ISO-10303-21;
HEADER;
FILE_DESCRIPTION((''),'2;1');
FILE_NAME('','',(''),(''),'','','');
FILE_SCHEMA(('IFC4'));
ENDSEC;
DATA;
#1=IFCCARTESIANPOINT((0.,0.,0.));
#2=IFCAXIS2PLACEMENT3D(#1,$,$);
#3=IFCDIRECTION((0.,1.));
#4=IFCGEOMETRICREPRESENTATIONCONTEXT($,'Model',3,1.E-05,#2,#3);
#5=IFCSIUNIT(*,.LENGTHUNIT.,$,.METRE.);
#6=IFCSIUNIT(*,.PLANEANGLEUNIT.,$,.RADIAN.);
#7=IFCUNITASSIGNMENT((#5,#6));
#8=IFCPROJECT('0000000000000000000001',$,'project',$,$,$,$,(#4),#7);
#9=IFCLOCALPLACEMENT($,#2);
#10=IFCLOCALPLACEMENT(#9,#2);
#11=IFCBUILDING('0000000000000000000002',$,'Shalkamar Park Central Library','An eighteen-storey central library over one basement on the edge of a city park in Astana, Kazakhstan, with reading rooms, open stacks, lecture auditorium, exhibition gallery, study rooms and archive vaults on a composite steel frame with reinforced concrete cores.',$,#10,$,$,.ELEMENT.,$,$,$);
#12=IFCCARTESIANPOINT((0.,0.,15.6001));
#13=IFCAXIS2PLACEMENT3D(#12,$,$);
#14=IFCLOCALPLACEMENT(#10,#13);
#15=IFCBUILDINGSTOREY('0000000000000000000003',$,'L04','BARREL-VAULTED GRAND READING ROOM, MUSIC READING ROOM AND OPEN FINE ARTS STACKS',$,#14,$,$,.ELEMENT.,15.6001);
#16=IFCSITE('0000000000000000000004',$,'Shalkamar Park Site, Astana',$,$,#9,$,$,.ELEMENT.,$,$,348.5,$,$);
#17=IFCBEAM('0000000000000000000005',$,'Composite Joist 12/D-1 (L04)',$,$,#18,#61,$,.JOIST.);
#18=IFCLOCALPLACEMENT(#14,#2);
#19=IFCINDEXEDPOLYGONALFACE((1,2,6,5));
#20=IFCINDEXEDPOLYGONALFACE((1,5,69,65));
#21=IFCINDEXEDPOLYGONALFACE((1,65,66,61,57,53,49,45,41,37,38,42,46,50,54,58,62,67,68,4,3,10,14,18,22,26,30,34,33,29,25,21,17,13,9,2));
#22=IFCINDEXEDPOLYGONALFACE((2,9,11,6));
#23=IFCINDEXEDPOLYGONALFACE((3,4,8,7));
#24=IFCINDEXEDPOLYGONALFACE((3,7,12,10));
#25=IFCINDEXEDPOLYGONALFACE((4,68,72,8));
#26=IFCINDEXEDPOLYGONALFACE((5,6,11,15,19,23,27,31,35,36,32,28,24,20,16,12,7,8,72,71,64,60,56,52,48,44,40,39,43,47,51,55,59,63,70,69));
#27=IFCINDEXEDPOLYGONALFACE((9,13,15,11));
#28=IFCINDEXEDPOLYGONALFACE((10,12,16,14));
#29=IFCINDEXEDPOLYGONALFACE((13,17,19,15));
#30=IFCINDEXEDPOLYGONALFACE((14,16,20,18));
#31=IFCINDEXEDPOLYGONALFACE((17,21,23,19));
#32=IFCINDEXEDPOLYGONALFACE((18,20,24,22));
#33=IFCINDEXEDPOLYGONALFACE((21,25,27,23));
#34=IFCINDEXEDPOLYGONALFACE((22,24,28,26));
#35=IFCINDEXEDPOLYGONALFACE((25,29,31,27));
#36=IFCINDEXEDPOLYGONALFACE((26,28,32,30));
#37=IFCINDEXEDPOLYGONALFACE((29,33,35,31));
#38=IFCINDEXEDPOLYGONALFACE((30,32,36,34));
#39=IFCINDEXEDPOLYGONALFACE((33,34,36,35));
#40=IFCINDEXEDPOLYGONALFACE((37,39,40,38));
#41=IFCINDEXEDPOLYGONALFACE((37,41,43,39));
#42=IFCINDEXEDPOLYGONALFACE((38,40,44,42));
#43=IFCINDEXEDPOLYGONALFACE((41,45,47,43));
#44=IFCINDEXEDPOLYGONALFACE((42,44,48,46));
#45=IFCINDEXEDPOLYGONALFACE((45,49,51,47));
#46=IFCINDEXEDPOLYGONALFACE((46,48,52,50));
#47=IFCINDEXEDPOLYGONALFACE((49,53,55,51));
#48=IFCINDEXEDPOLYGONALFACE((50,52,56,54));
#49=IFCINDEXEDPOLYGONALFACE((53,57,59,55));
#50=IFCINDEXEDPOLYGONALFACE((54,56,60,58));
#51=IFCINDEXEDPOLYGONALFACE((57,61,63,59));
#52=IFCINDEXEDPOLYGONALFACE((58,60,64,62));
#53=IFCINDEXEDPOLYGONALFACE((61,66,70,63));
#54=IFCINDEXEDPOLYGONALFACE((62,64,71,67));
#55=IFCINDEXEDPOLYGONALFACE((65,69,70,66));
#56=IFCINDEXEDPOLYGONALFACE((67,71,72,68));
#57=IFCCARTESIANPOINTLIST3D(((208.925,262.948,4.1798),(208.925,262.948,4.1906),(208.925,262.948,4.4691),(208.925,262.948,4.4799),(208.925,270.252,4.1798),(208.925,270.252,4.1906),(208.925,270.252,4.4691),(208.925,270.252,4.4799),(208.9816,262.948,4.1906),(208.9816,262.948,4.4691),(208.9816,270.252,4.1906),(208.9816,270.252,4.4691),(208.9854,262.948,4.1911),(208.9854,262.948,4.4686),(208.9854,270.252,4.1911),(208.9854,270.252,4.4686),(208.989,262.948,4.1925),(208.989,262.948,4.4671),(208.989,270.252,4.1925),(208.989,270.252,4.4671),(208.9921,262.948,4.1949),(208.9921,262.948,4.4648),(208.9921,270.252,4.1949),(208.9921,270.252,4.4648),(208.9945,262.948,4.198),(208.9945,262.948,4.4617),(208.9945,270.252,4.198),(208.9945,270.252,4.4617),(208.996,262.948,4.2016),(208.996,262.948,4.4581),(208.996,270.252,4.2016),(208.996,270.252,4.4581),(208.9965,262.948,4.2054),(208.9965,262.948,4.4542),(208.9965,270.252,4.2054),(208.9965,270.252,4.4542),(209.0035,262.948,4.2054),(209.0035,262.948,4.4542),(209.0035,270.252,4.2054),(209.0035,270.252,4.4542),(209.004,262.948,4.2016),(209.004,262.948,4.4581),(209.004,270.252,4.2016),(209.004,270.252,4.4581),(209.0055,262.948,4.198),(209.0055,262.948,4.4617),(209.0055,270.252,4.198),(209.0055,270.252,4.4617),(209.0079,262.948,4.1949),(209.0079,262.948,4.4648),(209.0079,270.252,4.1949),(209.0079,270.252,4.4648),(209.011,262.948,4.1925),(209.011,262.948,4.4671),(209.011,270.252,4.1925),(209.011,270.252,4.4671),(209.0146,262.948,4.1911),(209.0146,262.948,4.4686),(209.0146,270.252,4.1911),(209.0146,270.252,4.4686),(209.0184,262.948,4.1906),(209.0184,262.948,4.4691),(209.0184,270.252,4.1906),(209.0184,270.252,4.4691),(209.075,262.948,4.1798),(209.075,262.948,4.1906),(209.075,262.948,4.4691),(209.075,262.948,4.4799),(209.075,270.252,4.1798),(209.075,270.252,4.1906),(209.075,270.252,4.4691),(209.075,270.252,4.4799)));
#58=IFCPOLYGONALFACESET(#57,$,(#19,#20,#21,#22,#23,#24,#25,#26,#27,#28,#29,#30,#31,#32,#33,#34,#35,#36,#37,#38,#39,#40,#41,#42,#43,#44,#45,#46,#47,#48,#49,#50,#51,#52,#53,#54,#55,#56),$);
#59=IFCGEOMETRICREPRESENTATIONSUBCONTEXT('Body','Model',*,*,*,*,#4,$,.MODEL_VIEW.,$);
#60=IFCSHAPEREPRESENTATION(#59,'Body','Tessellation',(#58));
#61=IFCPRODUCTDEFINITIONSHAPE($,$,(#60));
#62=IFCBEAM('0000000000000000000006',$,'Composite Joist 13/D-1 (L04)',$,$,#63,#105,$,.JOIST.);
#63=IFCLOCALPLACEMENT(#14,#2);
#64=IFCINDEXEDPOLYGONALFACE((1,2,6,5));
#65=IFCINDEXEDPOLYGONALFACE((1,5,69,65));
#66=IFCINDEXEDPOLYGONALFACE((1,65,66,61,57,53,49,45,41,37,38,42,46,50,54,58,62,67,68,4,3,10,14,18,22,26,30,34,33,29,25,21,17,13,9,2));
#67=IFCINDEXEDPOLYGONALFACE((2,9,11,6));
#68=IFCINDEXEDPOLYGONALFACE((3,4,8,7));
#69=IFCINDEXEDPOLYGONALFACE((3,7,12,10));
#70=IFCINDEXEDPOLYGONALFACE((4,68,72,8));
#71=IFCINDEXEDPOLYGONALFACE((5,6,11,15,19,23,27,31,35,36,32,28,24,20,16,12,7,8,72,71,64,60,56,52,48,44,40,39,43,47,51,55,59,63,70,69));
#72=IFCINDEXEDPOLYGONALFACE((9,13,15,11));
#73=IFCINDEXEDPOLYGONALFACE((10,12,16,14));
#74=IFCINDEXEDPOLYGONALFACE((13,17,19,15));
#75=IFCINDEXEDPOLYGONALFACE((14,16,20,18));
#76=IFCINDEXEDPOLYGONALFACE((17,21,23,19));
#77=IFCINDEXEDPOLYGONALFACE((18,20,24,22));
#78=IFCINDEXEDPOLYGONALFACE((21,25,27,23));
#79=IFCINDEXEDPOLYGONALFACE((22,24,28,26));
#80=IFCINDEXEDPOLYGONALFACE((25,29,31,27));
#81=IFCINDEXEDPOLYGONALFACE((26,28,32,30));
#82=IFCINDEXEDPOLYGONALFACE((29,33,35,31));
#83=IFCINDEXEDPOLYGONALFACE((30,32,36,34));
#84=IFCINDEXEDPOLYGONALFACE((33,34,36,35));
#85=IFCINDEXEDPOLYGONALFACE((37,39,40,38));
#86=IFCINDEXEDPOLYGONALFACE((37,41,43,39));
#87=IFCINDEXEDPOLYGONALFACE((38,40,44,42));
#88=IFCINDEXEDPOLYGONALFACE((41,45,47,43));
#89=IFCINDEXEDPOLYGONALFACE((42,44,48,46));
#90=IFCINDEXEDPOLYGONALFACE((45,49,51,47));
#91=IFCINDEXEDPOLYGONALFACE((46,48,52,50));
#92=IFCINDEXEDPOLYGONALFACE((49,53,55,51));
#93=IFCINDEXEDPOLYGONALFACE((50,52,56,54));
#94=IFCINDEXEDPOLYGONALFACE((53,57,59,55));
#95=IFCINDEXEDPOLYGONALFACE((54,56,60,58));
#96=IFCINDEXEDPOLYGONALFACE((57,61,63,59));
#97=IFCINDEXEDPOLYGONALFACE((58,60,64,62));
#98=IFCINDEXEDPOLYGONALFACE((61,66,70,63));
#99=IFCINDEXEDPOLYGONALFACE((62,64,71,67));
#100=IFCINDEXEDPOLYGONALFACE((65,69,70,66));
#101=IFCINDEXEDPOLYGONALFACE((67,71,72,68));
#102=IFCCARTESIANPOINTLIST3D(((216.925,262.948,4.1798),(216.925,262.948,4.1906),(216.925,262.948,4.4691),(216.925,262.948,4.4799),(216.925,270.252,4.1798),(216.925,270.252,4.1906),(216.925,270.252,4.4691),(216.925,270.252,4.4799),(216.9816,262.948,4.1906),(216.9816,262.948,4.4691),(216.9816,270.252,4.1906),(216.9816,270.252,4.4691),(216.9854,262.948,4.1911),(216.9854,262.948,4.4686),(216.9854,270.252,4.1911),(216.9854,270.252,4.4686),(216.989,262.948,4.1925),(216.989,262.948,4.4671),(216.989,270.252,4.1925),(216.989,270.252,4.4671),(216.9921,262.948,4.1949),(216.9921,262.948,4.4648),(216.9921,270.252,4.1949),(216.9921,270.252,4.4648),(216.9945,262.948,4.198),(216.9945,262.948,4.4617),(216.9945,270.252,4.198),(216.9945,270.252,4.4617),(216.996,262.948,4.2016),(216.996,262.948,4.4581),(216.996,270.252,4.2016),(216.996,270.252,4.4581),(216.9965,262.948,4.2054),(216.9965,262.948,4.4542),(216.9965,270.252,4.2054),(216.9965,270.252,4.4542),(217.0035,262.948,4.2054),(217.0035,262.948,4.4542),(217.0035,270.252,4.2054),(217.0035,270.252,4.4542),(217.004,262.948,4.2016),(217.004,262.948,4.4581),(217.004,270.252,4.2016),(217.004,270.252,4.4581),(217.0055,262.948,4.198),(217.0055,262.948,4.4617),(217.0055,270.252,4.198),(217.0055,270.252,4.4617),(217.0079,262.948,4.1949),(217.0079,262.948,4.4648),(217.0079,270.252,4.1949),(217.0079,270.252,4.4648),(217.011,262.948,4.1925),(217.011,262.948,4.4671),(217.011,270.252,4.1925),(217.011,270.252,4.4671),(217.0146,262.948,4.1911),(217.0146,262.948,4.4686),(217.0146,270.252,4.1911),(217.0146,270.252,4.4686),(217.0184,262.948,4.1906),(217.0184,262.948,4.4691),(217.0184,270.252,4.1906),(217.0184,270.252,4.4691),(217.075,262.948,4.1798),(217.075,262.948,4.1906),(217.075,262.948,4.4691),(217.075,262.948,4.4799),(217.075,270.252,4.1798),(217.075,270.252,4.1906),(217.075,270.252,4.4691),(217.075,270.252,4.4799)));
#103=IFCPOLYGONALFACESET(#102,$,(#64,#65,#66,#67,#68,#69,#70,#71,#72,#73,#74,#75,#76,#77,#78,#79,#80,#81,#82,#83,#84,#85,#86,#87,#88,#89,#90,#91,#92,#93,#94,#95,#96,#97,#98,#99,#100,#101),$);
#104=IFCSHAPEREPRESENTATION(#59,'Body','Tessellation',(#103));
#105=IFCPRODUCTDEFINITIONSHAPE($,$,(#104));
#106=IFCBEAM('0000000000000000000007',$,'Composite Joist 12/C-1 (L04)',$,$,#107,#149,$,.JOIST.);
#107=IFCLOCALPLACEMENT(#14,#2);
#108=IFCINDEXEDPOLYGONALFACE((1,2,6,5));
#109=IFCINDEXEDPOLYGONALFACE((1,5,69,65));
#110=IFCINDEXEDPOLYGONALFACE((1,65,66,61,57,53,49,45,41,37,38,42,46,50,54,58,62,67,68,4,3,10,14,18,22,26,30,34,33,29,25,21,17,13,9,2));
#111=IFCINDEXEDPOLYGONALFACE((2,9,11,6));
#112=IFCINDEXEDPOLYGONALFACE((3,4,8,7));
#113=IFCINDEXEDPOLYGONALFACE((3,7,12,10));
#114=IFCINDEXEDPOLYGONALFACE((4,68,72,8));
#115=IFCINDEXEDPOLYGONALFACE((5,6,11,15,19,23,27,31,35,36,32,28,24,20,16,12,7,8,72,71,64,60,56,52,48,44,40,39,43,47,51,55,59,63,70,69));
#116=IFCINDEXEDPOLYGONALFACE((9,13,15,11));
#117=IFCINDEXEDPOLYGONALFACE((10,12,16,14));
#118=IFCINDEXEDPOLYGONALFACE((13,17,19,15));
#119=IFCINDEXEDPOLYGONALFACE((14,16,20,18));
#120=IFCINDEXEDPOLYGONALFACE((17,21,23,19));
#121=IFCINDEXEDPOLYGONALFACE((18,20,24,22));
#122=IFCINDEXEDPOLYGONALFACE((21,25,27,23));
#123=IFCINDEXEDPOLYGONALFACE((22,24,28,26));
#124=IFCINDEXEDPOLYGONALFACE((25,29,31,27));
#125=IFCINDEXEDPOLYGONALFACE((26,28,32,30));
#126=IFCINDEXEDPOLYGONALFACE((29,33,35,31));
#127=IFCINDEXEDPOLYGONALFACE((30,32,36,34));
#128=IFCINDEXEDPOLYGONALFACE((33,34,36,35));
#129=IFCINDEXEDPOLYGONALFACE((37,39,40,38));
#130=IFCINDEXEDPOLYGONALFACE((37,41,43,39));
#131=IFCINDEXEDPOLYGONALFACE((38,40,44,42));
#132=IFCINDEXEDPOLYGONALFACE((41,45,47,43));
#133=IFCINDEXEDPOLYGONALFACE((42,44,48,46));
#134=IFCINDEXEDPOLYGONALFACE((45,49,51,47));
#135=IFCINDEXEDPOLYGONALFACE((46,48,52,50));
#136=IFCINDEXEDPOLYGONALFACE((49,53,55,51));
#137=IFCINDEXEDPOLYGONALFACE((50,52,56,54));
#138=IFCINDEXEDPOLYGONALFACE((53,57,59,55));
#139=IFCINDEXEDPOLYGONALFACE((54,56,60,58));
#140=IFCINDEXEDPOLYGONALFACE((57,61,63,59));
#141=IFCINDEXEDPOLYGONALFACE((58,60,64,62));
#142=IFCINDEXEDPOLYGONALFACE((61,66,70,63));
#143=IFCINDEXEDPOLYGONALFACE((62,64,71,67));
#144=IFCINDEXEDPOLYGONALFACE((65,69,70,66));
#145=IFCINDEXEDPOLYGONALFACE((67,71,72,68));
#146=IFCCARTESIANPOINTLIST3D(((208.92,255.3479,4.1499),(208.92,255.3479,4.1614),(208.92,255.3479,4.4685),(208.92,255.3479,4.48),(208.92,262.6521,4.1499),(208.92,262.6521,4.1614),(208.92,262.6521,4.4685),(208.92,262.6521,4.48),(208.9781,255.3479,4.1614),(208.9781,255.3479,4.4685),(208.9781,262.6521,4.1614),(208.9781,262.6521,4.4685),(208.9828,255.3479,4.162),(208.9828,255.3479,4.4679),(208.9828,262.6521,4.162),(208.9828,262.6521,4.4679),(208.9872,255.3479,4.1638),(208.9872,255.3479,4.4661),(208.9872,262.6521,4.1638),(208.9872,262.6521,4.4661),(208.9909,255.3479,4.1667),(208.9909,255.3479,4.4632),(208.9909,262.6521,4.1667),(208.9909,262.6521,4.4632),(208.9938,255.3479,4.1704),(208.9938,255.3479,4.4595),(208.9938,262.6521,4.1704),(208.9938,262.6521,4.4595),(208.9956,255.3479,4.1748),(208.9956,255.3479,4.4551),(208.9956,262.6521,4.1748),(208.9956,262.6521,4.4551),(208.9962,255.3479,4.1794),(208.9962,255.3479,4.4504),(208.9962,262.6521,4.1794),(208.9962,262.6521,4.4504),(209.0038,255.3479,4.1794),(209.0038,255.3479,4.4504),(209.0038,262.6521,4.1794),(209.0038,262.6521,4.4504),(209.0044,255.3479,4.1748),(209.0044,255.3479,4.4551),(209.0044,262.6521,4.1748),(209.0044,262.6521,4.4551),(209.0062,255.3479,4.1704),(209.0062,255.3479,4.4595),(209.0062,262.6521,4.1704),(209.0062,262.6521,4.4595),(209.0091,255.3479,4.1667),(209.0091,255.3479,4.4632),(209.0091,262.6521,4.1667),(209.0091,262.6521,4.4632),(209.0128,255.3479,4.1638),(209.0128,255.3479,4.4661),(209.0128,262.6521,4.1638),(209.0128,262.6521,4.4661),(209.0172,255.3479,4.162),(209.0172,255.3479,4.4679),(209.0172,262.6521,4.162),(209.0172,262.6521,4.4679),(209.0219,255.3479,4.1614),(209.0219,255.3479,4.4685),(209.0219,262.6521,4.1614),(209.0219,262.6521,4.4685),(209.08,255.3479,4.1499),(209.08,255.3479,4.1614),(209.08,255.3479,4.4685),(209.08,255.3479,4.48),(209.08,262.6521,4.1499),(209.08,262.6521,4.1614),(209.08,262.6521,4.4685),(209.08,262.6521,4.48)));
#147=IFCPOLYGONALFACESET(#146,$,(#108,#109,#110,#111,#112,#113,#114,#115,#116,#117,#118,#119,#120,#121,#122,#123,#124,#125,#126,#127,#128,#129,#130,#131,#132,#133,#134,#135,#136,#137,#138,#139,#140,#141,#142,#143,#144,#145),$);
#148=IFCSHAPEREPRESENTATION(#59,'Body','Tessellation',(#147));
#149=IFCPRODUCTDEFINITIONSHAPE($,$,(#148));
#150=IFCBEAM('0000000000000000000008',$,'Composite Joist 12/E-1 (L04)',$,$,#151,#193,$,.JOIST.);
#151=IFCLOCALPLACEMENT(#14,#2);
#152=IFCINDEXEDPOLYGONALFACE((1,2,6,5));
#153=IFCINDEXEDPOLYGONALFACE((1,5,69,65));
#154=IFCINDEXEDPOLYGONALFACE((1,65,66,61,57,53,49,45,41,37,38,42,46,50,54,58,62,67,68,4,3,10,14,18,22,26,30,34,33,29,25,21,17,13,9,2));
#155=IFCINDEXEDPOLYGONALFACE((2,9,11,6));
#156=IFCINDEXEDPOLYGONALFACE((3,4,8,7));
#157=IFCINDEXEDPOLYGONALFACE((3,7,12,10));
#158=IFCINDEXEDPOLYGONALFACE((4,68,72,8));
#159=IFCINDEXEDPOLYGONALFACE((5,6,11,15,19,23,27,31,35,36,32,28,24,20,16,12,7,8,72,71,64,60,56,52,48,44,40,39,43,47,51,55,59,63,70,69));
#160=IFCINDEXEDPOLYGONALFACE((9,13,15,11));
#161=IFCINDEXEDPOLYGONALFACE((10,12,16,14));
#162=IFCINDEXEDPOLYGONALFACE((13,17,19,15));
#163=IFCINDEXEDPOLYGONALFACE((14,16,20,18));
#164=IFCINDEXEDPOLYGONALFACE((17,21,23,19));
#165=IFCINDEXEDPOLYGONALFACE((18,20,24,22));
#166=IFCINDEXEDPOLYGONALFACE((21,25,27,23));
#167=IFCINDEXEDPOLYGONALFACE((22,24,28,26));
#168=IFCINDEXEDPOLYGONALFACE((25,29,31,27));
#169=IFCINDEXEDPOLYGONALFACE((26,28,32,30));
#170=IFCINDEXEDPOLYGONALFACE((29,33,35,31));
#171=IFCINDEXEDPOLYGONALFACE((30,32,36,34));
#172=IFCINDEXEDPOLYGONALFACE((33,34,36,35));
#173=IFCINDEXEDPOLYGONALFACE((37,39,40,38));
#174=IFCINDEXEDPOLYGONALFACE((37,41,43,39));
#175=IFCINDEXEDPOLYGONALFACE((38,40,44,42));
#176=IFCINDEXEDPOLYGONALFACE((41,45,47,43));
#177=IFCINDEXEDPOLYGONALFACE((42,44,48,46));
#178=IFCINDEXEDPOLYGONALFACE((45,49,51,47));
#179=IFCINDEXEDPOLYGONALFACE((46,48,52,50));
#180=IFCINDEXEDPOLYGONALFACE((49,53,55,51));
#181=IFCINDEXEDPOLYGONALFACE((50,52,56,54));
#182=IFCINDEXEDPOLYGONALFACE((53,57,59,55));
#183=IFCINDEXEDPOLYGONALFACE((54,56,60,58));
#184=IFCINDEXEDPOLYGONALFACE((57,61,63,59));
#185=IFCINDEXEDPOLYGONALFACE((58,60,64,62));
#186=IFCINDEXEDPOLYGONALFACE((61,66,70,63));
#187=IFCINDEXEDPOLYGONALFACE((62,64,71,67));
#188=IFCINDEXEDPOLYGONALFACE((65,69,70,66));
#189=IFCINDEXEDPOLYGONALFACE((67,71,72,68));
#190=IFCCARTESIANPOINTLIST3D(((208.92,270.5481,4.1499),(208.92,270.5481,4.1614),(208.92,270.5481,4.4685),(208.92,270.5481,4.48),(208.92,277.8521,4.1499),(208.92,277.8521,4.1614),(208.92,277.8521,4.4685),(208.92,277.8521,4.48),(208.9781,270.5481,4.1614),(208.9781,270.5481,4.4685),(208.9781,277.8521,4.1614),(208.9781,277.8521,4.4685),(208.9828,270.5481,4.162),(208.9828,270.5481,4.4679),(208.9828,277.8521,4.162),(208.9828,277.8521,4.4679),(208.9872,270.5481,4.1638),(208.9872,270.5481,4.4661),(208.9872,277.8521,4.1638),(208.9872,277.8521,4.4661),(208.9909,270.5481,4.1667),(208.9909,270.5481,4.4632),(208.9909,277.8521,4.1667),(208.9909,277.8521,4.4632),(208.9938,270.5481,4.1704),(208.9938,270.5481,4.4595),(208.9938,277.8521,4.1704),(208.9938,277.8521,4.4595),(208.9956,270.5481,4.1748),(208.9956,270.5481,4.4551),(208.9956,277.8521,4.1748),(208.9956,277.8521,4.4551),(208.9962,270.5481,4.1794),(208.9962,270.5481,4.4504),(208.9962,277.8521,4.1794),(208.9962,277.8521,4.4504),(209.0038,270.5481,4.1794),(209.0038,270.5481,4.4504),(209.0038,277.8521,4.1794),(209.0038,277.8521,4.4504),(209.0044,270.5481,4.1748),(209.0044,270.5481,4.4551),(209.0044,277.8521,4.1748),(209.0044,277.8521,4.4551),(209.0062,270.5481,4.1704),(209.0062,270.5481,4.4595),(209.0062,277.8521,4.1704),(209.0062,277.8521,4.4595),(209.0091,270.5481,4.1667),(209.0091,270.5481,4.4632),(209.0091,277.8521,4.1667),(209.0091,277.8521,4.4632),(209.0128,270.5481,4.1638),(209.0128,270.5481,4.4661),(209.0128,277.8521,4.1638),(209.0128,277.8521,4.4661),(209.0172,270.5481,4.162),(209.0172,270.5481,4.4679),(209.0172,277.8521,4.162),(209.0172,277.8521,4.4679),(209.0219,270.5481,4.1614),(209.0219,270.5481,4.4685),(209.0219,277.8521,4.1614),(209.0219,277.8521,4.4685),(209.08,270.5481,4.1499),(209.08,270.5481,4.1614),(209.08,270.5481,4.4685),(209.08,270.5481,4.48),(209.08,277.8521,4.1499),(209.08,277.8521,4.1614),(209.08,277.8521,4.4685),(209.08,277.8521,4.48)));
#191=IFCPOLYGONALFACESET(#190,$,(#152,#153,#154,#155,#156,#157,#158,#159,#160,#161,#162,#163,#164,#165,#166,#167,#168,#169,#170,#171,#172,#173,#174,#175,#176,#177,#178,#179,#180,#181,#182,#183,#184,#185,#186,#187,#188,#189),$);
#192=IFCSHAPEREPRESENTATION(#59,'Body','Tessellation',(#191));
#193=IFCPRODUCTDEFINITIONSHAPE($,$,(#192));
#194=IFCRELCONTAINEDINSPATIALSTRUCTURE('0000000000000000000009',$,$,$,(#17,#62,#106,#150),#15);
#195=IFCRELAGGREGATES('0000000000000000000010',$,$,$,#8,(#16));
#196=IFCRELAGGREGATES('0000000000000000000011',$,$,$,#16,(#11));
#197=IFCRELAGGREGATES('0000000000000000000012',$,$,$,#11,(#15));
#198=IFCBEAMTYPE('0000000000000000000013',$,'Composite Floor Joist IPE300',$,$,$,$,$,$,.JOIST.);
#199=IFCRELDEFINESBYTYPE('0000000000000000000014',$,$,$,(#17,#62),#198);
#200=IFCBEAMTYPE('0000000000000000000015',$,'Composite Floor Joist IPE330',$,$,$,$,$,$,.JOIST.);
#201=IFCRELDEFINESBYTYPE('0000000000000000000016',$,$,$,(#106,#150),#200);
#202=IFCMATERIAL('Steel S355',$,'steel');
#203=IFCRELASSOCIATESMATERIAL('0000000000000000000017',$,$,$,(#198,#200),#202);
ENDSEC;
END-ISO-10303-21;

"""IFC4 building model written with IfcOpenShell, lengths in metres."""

from ifc_helpers import new_model, si_unit, direction, frame, origin, origin_2d, place, context, subcontext, project, spatial, i_section, extrude, material, material_profile, profile_set, type_object, element, save


model = new_model("IFC4")

# Units and contexts
model_context = context("Model", 3, precision=1e-05, world=origin(), true_north=direction((0.0, 1.0)))
body_context = subcontext(model_context, "Body", "Model", "MODEL_VIEW")
ifc_project = project(units=[si_unit("LENGTHUNIT", "METRE"), si_unit("PLANEANGLEUNIT", "RADIAN")], contexts=[model_context])

# Site, building, storey
site_placement = place(None, origin())
site = spatial("IfcSite", under=ifc_project, at=site_placement, Name="Shalkamar Park Site, Astana", CompositionType="ELEMENT", RefElevation=348.5)
building_placement = place(site_placement, origin())
building = spatial("IfcBuilding", under=site, at=building_placement, Name="Shalkamar Park Central Library", Description="An eighteen-storey central library over one basement on the edge of a city park in Astana, Kazakhstan, with reading rooms, open stacks, lecture auditorium, exhibition gallery, study rooms and archive vaults on a composite steel frame with reinforced concrete cores.", CompositionType="ELEMENT")
storey_placement = place(building_placement, frame((0.0, 0.0, 15.6001)))
storey = spatial("IfcBuildingStorey", under=building, at=storey_placement, Name="L04", Description="BARREL-VAULTED GRAND READING ROOM, MUSIC READING ROOM AND OPEN FINE ARTS STACKS", CompositionType="ELEMENT", Elevation=15.6001)

# Shared definitions
ifc_material = material(Name="Steel S355", Category="steel")

# Beams
ifc_material_profile_1 = material_profile(ifc_material, i_section(OverallWidth=0.1499, OverallDepth=0.3, WebThickness=0.0071, FlangeThickness=0.0107, FilletRadius=0.0149, at=origin_2d()), Name="IPE 300")
ifc_profile_set_1 = profile_set([ifc_material_profile_1], Name="Steel S355")
beam_type_1 = type_object("IfcBeamType", Name="Composite Floor Joist IPE300", PredefinedType="JOIST", material=ifc_profile_set_1)
for number, where, z_axis, x_axis, name in (
    (1, (209.0, 262.948, 4.3298), (0.0, 1.0, 0.0), (-1.0, 0.0, 0.0), "Composite Joist 12/D-1 (L04)"),
    (2, (217.0, 262.948, 4.3298), (0.0, 1.0, 0.0), (-1.0, 0.0, 0.0), "Composite Joist 13/D-1 (L04)"),
):
    element("IfcBeam", number, at=place(storey_placement, frame(where, z_axis=z_axis, x_axis=x_axis)), inside=storey, type_object=beam_type_1, Name=name, PredefinedType="JOIST", context=body_context, shape_type="SweptSolid", body=[
        extrude(i_section(OverallWidth=0.1499, OverallDepth=0.3, WebThickness=0.0071, FlangeThickness=0.0107, FilletRadius=0.0149, at=origin_2d()), origin(), (0.0, 0.0, 1.0), 7.304),
    ])
ifc_material_profile_2 = material_profile(ifc_material, i_section(OverallWidth=0.1599, OverallDepth=0.3301, WebThickness=0.0076, FlangeThickness=0.0115, FilletRadius=0.0181, at=origin_2d()), Name="IPE 330")
ifc_profile_set_2 = profile_set([ifc_material_profile_2], Name="Steel S355")
beam_type_2 = type_object("IfcBeamType", Name="Composite Floor Joist IPE330", PredefinedType="JOIST", material=ifc_profile_set_2)
beam_1_placement = place(storey_placement, frame((209.0, 255.3479, 4.3149), z_axis=(0.0, 1.0, 0.0), x_axis=(-1.0, 0.0, 0.0)))
element("IfcBeam", 3, at=beam_1_placement, inside=storey, type_object=beam_type_2, Name="Composite Joist 12/C-1 (L04)", PredefinedType="JOIST", context=body_context, shape_type="SweptSolid", body=[
    extrude(i_section(OverallWidth=0.1599, OverallDepth=0.3301, WebThickness=0.0076, FlangeThickness=0.0115, FilletRadius=0.0181, at=origin_2d()), origin(), (0.0, 0.0, 1.0), 7.3042),
])
for number, where, z_axis, x_axis, name in (
    (4, (209.0, 270.5481, 4.3149), (0.0, 1.0, 0.0), (-1.0, 0.0, 0.0), "Composite Joist 12/E-1 (L04)"),
):
    element("IfcBeam", number, at=place(storey_placement, frame(where, z_axis=z_axis, x_axis=x_axis)), inside=storey, type_object=beam_type_2, Name=name, PredefinedType="JOIST", context=body_context, shape_type="SweptSolid", body=[
        extrude(i_section(OverallWidth=0.1599, OverallDepth=0.3301, WebThickness=0.0076, FlangeThickness=0.0115, FilletRadius=0.0181, at=origin_2d()), origin(), (0.0, 0.0, 1.0), 7.304),
    ])

save(model, "model.ifc")
